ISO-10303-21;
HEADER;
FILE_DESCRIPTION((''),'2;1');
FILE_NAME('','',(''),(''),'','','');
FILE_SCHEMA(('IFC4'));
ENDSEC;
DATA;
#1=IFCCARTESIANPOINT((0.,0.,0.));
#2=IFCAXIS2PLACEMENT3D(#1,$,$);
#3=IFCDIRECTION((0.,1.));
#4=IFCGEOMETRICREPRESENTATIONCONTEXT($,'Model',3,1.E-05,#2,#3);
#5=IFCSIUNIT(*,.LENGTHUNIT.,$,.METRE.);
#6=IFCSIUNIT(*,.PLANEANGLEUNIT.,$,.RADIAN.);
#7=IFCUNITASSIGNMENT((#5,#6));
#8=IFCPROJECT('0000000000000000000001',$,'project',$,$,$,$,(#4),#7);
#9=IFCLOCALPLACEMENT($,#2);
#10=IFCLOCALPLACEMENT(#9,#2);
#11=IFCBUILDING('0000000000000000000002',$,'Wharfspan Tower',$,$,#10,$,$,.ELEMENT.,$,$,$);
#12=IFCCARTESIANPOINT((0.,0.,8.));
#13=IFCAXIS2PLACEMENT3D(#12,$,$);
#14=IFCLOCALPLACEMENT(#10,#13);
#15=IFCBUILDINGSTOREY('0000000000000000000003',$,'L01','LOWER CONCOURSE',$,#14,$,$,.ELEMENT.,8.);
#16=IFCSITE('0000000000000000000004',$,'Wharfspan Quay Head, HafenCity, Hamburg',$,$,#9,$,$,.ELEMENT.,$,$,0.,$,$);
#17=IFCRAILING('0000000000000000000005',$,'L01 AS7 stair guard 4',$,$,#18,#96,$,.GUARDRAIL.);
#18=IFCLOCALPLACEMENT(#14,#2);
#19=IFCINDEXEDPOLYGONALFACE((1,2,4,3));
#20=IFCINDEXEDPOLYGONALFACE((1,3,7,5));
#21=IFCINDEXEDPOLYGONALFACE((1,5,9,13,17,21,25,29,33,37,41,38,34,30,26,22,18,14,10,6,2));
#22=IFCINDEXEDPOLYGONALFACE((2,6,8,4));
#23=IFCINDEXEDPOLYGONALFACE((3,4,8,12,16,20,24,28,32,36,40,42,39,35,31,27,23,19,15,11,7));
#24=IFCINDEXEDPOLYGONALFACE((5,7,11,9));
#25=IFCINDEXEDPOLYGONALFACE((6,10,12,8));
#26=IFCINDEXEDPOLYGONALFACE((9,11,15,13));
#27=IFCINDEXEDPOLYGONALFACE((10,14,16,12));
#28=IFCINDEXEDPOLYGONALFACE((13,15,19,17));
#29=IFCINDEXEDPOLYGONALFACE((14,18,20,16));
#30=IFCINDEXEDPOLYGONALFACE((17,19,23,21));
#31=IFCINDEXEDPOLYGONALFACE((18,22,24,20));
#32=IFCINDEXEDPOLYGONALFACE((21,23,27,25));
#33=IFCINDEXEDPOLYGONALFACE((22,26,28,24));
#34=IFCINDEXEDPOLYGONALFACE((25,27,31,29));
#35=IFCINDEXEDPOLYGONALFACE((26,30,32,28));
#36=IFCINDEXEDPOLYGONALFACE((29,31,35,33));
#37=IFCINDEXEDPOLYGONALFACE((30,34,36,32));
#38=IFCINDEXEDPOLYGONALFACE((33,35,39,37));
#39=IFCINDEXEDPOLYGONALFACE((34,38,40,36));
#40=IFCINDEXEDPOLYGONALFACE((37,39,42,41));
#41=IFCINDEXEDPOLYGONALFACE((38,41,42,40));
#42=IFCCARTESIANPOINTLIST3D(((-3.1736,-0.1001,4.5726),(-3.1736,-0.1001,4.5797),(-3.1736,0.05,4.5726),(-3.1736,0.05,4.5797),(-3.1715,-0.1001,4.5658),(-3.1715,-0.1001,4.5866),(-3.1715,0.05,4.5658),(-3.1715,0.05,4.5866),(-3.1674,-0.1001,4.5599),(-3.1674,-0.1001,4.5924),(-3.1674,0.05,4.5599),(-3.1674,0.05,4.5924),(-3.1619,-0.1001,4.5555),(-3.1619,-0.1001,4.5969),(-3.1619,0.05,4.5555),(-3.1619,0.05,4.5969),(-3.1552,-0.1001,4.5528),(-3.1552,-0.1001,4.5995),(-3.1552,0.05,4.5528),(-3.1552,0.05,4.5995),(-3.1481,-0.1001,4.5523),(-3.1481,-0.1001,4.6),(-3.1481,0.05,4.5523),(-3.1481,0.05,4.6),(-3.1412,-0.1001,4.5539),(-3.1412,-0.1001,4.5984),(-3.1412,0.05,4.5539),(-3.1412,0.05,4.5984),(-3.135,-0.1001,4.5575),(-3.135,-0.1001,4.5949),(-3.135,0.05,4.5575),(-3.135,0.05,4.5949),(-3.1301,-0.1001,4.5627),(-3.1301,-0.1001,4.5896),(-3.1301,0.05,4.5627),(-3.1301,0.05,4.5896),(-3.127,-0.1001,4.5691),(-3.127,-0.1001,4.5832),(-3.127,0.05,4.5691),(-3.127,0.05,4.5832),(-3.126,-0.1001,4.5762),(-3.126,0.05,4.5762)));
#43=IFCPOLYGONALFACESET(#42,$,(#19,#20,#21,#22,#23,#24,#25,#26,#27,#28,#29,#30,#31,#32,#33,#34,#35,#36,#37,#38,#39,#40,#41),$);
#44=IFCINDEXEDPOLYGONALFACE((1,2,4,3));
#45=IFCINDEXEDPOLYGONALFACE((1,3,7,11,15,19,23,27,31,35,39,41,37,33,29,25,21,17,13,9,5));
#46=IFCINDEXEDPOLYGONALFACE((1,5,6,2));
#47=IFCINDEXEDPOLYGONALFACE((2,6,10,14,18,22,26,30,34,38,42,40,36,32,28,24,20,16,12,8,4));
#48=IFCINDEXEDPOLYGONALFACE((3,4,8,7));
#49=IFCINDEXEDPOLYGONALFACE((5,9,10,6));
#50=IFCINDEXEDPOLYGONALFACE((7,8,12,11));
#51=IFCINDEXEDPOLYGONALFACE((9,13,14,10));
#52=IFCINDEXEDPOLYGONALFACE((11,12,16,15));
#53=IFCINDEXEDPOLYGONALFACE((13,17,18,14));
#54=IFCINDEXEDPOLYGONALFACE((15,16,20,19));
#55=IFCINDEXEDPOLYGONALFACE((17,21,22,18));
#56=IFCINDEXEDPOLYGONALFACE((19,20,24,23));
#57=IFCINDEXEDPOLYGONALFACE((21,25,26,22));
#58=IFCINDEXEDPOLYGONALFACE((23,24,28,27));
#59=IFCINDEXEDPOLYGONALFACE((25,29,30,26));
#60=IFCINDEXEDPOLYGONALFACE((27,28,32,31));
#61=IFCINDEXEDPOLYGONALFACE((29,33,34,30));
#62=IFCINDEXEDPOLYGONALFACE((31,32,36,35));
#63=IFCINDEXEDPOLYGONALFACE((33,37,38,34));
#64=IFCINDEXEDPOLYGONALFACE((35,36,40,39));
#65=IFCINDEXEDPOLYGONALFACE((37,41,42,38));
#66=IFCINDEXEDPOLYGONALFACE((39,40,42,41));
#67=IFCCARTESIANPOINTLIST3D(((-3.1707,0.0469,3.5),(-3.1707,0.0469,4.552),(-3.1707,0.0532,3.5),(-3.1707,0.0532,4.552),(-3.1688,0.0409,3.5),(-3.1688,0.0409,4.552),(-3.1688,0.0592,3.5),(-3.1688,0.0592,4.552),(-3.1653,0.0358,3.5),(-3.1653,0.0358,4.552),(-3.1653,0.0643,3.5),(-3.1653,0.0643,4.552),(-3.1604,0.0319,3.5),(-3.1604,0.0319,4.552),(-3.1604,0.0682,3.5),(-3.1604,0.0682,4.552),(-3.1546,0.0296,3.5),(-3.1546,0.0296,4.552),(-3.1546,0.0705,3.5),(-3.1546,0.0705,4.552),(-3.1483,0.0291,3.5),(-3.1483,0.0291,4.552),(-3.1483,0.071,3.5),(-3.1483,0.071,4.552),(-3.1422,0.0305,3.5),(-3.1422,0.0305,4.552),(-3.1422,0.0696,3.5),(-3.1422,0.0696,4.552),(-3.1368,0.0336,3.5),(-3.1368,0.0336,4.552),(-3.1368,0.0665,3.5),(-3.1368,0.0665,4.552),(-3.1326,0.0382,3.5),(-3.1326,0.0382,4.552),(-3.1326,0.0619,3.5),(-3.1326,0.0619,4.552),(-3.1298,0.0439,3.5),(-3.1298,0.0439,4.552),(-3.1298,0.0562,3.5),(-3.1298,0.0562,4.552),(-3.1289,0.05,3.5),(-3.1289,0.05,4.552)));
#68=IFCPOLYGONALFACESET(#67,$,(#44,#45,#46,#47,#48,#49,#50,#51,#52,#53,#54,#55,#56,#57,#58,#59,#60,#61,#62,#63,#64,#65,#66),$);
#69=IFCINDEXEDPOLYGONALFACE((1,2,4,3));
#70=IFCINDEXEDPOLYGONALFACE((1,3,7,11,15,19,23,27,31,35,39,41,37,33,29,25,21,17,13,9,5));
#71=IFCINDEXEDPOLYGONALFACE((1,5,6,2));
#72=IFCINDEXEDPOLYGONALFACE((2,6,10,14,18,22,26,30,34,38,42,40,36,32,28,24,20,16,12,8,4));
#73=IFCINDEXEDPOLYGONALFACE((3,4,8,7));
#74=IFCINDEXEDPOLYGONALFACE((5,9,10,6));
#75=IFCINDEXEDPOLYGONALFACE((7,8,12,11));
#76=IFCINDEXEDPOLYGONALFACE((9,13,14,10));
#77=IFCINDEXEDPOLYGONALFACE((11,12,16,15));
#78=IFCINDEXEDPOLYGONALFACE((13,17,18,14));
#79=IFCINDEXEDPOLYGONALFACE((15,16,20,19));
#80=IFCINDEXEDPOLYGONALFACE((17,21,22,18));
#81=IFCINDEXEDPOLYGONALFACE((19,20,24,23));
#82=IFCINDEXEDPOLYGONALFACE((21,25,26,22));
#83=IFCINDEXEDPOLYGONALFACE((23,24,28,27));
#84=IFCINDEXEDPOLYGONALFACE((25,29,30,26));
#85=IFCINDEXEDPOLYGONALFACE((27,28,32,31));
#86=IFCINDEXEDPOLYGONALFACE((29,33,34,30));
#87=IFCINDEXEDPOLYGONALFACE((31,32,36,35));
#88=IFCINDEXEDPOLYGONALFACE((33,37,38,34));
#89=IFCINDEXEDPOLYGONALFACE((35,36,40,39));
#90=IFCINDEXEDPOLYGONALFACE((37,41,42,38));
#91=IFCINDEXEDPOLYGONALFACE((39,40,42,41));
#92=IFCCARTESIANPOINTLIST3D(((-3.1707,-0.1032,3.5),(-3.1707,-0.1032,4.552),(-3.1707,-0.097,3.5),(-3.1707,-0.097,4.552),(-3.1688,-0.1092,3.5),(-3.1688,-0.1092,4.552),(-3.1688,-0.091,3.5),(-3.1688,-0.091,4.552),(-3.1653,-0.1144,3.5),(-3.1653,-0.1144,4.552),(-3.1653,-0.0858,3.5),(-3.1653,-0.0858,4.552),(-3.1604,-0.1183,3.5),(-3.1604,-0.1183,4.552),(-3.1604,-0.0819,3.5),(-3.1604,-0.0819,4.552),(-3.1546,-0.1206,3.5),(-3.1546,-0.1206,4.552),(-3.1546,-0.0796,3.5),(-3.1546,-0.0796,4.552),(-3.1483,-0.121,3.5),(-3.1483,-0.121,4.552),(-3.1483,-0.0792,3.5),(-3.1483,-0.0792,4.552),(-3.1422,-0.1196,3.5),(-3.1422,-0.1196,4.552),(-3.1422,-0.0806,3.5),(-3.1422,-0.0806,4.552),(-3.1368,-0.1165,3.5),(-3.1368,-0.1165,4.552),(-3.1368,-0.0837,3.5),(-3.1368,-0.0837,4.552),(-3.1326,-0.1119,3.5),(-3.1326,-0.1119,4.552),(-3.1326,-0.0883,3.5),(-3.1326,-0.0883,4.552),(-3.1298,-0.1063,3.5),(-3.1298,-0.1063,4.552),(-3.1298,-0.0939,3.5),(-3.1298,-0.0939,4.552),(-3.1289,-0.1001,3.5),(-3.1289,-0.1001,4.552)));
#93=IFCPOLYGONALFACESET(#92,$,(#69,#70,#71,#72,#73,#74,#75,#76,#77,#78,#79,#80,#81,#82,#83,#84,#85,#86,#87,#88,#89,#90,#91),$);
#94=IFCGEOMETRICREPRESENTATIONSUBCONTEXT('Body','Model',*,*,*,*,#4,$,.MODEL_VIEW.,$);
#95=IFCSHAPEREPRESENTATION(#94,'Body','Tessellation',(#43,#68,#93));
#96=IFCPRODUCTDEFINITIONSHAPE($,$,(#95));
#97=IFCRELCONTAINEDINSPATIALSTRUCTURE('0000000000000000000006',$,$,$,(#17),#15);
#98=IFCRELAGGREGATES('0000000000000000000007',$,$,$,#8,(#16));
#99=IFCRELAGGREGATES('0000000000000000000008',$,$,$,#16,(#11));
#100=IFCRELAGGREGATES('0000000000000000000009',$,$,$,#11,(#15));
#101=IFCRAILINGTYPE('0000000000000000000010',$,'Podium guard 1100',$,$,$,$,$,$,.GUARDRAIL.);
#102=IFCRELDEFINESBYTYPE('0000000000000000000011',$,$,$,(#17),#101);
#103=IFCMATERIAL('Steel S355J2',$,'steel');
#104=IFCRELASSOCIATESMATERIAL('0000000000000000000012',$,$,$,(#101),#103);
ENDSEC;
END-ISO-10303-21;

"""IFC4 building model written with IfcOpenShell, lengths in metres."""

from ifc_helpers import new_model, si_unit, direction, frame, origin, origin_2d, place, context, subcontext, project, spatial, circle, extrude, material, type_object, element, save


model = new_model("IFC4")

# Units and contexts
model_context = context("Model", 3, precision=1e-05, world=origin(), true_north=direction((0.0, 1.0)))
body_context = subcontext(model_context, "Body", "Model", "MODEL_VIEW")
ifc_project = project(units=[si_unit("LENGTHUNIT", "METRE"), si_unit("PLANEANGLEUNIT", "RADIAN")], contexts=[model_context])

# Site, building, storey
site_placement = place(None, origin())
site = spatial("IfcSite", under=ifc_project, at=site_placement, Name="Wharfspan Quay Head, HafenCity, Hamburg", CompositionType="ELEMENT", RefElevation=0.0)
building_placement = place(site_placement, origin())
building = spatial("IfcBuilding", under=site, at=building_placement, Name="Wharfspan Tower", CompositionType="ELEMENT")
storey_placement = place(building_placement, frame((0.0, 0.0, 8.0)))
storey = spatial("IfcBuildingStorey", under=building, at=storey_placement, Name="L01", Description="LOWER CONCOURSE", CompositionType="ELEMENT", Elevation=8.0)

# Railing
ifc_material_1 = material(Name="Steel S355J2", Category="steel")
railing_type_1 = type_object("IfcRailingType", Name="Podium guard 1100", PredefinedType="GUARDRAIL", material=ifc_material_1)
railing_1_placement = place(storey_placement, frame((-3.1499, 0.05, 3.5)))
element("IfcRailing", 1, at=railing_1_placement, inside=storey, type_object=railing_type_1, Name="L01 AS7 stair guard 4", PredefinedType="GUARDRAIL", context=body_context, shape_type="SweptSolid", body=[
    extrude(circle(Radius=0.0239, at=origin_2d()), frame((0.0, 0.0, 1.0762), z_axis=(0.0, -1.0, 0.0), x_axis=(1.0, 0.0, 0.0)), (0.0, 0.0, 1.0), 0.1501),
    extrude(circle(Radius=0.021, at=origin_2d()), origin(), (0.0, 0.0, 1.0), 1.052),
    extrude(circle(Radius=0.021, at=origin_2d()), frame((0.0, -0.1501, 0.0)), (0.0, 0.0, 1.0), 1.052),
])

save(model, "model.ifc")
